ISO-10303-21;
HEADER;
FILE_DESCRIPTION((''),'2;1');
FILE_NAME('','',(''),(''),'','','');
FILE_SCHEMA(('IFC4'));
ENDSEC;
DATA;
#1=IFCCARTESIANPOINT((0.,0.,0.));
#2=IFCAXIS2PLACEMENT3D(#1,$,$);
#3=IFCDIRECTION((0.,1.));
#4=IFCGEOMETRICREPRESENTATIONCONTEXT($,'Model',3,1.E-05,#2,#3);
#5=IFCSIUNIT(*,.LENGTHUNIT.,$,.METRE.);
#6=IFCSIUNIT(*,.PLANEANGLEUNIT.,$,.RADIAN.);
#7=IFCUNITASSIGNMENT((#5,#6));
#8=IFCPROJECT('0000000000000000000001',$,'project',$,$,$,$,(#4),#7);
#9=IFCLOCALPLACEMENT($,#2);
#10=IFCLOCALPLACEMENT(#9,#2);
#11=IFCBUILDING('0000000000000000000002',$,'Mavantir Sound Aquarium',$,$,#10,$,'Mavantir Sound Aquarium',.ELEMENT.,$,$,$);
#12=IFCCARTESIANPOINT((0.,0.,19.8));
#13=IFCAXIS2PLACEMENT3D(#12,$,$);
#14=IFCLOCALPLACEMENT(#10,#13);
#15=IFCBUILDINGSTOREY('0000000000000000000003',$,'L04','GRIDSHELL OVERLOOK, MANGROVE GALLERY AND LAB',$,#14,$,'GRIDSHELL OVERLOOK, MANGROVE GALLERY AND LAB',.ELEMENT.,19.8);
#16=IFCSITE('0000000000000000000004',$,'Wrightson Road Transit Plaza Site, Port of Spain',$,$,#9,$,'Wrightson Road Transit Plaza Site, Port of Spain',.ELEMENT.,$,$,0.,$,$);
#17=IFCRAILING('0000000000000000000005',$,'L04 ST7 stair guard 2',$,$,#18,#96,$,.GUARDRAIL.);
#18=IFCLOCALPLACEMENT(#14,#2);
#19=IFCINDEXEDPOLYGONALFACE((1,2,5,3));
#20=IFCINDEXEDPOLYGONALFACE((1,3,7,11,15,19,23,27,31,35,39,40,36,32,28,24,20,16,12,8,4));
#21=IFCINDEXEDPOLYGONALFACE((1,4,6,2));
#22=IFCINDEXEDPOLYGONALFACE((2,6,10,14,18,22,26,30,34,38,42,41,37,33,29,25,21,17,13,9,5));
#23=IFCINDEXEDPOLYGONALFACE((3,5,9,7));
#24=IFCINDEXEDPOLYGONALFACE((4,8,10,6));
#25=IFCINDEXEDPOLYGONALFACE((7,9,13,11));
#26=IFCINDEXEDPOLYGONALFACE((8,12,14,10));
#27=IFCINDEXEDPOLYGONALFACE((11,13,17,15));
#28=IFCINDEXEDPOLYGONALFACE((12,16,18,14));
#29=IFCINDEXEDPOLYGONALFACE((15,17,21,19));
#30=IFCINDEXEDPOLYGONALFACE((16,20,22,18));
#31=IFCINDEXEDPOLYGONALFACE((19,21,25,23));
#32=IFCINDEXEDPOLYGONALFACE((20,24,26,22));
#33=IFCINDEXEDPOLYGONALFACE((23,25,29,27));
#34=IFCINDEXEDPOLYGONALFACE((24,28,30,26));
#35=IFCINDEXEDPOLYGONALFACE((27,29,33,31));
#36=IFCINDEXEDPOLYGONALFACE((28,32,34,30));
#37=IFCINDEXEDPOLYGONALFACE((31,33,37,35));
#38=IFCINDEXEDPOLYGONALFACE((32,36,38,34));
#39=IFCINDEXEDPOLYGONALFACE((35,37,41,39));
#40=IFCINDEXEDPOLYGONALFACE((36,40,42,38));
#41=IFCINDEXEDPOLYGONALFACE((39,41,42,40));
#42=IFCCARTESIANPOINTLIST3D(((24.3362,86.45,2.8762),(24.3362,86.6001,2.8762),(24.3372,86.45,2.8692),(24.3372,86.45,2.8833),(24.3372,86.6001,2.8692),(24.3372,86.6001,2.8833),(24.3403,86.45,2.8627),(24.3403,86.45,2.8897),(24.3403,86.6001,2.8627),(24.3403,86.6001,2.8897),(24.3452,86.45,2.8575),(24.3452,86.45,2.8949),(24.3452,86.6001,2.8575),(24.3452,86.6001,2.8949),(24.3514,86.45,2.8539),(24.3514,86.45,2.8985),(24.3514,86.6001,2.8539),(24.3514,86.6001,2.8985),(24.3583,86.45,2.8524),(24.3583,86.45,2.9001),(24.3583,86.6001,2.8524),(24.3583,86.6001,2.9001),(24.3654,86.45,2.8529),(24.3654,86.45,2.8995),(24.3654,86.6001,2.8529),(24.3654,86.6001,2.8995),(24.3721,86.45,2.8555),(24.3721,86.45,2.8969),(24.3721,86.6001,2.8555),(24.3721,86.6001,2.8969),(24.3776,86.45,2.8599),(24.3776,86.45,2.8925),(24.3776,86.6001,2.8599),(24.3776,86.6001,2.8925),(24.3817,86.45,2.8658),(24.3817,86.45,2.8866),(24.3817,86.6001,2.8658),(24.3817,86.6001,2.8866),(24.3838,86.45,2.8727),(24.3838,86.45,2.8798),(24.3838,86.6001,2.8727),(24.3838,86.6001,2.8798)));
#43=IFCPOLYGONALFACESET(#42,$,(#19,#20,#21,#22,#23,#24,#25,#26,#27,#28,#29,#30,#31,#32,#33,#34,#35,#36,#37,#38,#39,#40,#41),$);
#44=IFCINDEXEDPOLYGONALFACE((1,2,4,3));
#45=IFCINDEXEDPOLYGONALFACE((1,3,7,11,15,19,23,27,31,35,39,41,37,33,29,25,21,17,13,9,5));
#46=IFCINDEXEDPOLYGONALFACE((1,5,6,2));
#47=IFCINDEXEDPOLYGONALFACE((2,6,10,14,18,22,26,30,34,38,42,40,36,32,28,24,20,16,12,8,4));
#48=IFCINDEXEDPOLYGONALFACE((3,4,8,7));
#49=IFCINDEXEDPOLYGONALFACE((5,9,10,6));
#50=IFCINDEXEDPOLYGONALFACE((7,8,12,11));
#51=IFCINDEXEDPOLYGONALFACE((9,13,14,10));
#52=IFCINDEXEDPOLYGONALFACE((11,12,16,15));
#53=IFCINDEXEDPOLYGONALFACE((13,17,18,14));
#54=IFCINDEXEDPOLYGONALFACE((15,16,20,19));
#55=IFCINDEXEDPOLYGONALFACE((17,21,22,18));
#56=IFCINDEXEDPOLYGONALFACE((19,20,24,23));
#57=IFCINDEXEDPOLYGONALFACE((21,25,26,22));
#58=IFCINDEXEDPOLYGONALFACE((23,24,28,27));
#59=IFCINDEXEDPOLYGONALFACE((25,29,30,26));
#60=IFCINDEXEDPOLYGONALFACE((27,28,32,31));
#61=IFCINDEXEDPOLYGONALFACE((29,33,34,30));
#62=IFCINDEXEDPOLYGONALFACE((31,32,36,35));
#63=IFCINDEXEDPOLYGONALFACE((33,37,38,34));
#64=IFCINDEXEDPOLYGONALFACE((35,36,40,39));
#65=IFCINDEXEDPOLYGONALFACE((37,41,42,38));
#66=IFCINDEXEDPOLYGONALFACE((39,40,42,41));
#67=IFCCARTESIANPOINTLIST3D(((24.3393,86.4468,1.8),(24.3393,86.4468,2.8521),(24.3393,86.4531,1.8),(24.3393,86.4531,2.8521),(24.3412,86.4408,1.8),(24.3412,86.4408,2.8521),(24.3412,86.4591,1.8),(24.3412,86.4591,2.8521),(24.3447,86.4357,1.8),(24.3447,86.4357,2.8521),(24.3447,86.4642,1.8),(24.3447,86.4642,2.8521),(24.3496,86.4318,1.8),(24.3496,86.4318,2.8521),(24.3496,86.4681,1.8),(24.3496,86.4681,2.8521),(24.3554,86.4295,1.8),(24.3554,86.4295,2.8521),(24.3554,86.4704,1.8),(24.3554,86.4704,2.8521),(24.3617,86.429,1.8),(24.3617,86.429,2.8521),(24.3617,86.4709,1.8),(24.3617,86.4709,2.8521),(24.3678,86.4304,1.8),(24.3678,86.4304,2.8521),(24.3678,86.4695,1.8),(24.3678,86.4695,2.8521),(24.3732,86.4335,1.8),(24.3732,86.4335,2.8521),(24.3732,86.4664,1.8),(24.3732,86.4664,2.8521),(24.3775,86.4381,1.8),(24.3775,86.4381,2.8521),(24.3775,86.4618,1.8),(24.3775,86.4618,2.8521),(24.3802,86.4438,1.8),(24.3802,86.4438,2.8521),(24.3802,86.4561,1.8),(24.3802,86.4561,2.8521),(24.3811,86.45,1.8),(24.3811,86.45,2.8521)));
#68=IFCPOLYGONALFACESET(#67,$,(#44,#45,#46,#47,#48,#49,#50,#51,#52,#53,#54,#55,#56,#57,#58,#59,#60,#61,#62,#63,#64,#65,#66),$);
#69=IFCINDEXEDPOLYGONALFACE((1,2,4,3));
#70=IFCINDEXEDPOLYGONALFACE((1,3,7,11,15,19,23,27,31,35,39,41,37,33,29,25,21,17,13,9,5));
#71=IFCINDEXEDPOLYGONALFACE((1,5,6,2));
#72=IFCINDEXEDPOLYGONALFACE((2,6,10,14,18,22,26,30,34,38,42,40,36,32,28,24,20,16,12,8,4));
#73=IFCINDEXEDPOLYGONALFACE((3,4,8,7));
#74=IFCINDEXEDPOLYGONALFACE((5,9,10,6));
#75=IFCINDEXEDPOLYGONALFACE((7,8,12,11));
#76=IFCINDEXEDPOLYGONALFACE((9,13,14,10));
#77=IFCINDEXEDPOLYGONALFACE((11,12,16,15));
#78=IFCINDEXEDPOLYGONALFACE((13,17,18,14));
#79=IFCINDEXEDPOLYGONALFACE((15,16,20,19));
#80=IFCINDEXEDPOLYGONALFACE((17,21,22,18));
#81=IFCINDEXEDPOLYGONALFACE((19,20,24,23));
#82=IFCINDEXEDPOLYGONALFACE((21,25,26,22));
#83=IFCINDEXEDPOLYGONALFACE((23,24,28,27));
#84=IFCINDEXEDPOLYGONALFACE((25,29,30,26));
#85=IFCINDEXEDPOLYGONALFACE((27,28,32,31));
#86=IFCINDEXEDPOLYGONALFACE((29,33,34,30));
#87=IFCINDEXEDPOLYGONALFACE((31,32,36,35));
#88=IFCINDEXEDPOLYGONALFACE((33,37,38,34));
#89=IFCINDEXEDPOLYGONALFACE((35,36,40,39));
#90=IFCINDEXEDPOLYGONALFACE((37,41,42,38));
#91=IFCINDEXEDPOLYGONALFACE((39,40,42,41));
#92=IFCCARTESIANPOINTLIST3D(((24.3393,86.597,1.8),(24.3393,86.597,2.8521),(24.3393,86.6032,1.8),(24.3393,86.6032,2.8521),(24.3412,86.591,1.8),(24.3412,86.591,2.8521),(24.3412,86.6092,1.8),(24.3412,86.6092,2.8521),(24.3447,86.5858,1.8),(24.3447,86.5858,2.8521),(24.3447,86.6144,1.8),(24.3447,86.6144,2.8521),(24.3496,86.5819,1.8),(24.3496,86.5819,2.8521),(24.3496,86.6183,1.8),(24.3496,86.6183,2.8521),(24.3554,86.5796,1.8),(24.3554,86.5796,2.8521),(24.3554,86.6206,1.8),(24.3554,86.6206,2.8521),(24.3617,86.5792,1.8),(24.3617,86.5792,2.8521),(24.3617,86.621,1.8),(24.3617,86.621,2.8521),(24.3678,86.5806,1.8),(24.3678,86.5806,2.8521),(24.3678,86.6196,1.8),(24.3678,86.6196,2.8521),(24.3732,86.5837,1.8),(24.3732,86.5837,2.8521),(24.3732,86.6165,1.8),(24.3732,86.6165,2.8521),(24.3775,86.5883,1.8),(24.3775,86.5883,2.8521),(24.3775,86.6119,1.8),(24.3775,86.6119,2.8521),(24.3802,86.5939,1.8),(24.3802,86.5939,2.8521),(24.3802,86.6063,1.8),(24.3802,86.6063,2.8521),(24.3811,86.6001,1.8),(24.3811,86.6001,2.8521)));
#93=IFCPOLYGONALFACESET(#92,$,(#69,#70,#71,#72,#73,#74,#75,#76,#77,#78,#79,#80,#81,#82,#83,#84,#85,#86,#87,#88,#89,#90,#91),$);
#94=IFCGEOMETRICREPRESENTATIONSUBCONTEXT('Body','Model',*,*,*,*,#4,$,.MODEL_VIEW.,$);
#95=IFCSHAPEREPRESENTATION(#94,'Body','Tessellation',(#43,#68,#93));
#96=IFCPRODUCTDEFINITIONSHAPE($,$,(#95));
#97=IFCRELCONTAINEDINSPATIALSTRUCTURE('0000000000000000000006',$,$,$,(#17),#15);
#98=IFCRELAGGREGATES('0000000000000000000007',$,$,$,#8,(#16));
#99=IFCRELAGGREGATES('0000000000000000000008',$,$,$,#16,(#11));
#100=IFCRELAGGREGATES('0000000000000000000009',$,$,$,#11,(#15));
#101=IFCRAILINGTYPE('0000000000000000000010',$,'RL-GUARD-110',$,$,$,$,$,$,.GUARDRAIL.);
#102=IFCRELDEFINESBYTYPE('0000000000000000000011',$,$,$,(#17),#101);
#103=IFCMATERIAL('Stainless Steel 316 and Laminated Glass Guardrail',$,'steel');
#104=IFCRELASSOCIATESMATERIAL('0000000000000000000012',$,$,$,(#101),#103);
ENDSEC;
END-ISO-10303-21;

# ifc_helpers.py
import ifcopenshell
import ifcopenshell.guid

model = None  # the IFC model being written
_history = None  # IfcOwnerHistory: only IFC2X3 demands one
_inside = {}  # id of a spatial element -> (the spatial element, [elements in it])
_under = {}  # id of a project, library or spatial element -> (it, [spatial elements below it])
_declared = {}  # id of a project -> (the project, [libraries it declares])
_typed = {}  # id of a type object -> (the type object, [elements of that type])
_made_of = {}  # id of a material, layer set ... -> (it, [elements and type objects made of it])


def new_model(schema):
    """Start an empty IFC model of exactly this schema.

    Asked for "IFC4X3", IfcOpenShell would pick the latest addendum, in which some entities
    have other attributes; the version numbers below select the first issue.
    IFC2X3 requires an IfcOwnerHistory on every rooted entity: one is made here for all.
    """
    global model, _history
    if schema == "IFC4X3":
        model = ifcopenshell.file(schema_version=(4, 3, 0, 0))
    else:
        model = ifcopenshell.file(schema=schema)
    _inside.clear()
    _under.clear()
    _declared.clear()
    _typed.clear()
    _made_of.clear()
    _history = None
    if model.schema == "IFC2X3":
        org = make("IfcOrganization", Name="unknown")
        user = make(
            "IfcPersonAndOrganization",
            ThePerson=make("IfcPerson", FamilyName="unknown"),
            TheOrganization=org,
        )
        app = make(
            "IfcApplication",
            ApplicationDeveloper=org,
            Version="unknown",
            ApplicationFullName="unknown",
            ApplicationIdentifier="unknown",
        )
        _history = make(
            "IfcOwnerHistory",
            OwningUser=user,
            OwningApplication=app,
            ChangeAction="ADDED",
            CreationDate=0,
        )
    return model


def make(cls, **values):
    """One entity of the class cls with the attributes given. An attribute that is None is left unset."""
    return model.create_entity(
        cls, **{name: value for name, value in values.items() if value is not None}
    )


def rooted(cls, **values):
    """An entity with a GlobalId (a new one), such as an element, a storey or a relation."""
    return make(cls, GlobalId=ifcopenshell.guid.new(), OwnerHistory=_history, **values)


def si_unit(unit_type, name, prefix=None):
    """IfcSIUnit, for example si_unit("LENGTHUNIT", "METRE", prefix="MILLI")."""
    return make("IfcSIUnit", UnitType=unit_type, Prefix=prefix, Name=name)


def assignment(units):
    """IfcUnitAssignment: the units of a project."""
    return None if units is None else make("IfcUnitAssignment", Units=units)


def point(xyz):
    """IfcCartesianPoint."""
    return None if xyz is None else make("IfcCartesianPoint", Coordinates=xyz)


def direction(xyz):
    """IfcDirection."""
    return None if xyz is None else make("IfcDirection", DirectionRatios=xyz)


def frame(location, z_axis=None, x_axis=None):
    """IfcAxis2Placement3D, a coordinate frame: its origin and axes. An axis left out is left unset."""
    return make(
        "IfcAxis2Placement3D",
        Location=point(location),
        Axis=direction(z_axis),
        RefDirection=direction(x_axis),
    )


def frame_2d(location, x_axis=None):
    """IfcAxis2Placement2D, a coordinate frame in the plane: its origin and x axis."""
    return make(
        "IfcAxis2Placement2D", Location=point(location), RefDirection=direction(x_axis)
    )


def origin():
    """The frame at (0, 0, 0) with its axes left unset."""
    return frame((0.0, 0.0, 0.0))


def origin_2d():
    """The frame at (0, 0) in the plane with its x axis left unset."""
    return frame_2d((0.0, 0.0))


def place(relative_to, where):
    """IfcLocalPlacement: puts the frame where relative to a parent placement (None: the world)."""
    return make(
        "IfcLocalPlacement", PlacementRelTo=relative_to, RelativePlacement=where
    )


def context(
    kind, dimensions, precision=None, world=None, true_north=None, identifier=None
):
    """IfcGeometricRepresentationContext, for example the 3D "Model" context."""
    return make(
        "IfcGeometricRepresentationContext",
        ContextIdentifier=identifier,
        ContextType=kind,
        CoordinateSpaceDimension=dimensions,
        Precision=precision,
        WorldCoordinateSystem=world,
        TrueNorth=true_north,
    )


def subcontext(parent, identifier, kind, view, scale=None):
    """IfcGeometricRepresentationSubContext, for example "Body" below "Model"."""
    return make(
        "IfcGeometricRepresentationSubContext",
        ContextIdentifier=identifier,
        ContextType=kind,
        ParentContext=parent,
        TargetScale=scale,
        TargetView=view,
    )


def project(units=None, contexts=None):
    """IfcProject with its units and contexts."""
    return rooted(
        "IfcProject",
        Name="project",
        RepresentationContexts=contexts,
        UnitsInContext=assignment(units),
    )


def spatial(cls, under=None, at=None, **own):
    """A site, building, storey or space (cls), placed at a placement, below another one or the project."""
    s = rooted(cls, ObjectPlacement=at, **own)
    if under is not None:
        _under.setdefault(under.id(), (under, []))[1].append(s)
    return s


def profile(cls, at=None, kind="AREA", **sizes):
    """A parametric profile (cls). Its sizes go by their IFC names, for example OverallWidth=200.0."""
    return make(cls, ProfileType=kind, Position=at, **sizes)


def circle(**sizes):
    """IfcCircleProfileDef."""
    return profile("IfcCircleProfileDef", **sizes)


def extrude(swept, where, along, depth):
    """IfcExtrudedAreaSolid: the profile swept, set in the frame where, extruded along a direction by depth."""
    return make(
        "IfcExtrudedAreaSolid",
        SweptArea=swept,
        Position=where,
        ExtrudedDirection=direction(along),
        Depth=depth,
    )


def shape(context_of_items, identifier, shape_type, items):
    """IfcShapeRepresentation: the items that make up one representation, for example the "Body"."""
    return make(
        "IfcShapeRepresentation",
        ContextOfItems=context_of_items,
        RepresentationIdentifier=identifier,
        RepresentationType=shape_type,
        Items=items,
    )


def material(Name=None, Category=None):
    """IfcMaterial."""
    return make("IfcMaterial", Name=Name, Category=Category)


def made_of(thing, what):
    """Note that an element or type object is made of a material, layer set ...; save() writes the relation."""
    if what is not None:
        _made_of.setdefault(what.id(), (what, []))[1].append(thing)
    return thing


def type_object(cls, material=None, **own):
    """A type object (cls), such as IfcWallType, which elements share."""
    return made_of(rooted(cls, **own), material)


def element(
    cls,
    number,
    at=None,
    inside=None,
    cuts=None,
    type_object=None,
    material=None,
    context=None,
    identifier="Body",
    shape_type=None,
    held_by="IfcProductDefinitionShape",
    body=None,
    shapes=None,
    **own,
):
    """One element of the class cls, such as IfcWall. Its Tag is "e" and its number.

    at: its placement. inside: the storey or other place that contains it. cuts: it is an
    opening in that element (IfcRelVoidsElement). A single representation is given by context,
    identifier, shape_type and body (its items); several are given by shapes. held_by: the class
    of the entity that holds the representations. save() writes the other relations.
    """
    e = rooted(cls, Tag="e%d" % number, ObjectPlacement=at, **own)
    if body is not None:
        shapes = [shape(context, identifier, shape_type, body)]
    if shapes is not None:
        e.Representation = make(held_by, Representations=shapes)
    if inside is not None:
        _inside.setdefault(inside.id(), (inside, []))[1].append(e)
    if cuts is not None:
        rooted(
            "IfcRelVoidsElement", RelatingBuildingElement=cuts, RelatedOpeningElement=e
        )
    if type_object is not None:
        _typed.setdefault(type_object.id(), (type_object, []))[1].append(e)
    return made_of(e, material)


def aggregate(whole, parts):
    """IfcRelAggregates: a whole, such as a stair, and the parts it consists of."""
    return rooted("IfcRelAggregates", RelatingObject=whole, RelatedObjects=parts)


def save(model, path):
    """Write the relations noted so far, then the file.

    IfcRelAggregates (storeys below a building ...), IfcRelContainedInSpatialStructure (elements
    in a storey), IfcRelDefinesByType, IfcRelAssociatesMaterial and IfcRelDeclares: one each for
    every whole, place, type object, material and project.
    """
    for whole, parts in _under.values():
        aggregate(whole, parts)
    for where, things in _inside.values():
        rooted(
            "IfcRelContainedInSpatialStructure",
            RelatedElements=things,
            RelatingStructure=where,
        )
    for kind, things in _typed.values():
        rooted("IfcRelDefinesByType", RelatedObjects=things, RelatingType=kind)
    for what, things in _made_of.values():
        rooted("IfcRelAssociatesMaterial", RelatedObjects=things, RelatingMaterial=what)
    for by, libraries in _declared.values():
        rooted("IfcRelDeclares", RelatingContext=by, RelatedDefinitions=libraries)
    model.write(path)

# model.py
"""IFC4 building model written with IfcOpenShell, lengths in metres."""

from ifc_helpers import new_model, si_unit, direction, frame, origin, origin_2d, place, context, subcontext, project, spatial, circle, extrude, material, type_object, element, save


model = new_model("IFC4")

# Units and contexts
model_context = context("Model", 3, precision=1e-05, world=origin(), true_north=direction((0.0, 1.0)))
body_context = subcontext(model_context, "Body", "Model", "MODEL_VIEW")
ifc_project = project(units=[si_unit("LENGTHUNIT", "METRE"), si_unit("PLANEANGLEUNIT", "RADIAN")], contexts=[model_context])

# Site, building, storey
site_placement = place(None, origin())
site = spatial("IfcSite", under=ifc_project, at=site_placement, Name="Wrightson Road Transit Plaza Site, Port of Spain", LongName="Wrightson Road Transit Plaza Site, Port of Spain", CompositionType="ELEMENT", RefElevation=0.0)
building_placement = place(site_placement, origin())
building = spatial("IfcBuilding", under=site, at=building_placement, Name="Mavantir Sound Aquarium", LongName="Mavantir Sound Aquarium", CompositionType="ELEMENT")
storey_placement = place(building_placement, frame((0.0, 0.0, 19.8)))
storey = spatial("IfcBuildingStorey", under=building, at=storey_placement, Name="L04", Description="GRIDSHELL OVERLOOK, MANGROVE GALLERY AND LAB", LongName="GRIDSHELL OVERLOOK, MANGROVE GALLERY AND LAB", CompositionType="ELEMENT", Elevation=19.8)

# Railing
ifc_material_1 = material(Name="Stainless Steel 316 and Laminated Glass Guardrail", Category="steel")
railing_type_1 = type_object("IfcRailingType", Name="RL-GUARD-110", PredefinedType="GUARDRAIL", material=ifc_material_1)
railing_1_placement = place(storey_placement, frame((24.3601, 86.45, 1.8)))
element("IfcRailing", 1, at=railing_1_placement, inside=storey, type_object=railing_type_1, Name="L04 ST7 stair guard 2", PredefinedType="GUARDRAIL", context=body_context, shape_type="SweptSolid", body=[
    extrude(circle(Radius=0.0239, at=origin_2d()), frame((0.0, 0.0, 1.0762), z_axis=(0.0, 1.0, 0.0), x_axis=(-1.0, 0.0, 0.0)), (0.0, 0.0, 1.0), 0.1501),
    extrude(circle(Radius=0.021, at=origin_2d()), origin(), (0.0, 0.0, 1.0), 1.052),
    extrude(circle(Radius=0.021, at=origin_2d()), frame((0.0, 0.1501, 0.0)), (0.0, 0.0, 1.0), 1.052),
])

save(model, "model.ifc")
